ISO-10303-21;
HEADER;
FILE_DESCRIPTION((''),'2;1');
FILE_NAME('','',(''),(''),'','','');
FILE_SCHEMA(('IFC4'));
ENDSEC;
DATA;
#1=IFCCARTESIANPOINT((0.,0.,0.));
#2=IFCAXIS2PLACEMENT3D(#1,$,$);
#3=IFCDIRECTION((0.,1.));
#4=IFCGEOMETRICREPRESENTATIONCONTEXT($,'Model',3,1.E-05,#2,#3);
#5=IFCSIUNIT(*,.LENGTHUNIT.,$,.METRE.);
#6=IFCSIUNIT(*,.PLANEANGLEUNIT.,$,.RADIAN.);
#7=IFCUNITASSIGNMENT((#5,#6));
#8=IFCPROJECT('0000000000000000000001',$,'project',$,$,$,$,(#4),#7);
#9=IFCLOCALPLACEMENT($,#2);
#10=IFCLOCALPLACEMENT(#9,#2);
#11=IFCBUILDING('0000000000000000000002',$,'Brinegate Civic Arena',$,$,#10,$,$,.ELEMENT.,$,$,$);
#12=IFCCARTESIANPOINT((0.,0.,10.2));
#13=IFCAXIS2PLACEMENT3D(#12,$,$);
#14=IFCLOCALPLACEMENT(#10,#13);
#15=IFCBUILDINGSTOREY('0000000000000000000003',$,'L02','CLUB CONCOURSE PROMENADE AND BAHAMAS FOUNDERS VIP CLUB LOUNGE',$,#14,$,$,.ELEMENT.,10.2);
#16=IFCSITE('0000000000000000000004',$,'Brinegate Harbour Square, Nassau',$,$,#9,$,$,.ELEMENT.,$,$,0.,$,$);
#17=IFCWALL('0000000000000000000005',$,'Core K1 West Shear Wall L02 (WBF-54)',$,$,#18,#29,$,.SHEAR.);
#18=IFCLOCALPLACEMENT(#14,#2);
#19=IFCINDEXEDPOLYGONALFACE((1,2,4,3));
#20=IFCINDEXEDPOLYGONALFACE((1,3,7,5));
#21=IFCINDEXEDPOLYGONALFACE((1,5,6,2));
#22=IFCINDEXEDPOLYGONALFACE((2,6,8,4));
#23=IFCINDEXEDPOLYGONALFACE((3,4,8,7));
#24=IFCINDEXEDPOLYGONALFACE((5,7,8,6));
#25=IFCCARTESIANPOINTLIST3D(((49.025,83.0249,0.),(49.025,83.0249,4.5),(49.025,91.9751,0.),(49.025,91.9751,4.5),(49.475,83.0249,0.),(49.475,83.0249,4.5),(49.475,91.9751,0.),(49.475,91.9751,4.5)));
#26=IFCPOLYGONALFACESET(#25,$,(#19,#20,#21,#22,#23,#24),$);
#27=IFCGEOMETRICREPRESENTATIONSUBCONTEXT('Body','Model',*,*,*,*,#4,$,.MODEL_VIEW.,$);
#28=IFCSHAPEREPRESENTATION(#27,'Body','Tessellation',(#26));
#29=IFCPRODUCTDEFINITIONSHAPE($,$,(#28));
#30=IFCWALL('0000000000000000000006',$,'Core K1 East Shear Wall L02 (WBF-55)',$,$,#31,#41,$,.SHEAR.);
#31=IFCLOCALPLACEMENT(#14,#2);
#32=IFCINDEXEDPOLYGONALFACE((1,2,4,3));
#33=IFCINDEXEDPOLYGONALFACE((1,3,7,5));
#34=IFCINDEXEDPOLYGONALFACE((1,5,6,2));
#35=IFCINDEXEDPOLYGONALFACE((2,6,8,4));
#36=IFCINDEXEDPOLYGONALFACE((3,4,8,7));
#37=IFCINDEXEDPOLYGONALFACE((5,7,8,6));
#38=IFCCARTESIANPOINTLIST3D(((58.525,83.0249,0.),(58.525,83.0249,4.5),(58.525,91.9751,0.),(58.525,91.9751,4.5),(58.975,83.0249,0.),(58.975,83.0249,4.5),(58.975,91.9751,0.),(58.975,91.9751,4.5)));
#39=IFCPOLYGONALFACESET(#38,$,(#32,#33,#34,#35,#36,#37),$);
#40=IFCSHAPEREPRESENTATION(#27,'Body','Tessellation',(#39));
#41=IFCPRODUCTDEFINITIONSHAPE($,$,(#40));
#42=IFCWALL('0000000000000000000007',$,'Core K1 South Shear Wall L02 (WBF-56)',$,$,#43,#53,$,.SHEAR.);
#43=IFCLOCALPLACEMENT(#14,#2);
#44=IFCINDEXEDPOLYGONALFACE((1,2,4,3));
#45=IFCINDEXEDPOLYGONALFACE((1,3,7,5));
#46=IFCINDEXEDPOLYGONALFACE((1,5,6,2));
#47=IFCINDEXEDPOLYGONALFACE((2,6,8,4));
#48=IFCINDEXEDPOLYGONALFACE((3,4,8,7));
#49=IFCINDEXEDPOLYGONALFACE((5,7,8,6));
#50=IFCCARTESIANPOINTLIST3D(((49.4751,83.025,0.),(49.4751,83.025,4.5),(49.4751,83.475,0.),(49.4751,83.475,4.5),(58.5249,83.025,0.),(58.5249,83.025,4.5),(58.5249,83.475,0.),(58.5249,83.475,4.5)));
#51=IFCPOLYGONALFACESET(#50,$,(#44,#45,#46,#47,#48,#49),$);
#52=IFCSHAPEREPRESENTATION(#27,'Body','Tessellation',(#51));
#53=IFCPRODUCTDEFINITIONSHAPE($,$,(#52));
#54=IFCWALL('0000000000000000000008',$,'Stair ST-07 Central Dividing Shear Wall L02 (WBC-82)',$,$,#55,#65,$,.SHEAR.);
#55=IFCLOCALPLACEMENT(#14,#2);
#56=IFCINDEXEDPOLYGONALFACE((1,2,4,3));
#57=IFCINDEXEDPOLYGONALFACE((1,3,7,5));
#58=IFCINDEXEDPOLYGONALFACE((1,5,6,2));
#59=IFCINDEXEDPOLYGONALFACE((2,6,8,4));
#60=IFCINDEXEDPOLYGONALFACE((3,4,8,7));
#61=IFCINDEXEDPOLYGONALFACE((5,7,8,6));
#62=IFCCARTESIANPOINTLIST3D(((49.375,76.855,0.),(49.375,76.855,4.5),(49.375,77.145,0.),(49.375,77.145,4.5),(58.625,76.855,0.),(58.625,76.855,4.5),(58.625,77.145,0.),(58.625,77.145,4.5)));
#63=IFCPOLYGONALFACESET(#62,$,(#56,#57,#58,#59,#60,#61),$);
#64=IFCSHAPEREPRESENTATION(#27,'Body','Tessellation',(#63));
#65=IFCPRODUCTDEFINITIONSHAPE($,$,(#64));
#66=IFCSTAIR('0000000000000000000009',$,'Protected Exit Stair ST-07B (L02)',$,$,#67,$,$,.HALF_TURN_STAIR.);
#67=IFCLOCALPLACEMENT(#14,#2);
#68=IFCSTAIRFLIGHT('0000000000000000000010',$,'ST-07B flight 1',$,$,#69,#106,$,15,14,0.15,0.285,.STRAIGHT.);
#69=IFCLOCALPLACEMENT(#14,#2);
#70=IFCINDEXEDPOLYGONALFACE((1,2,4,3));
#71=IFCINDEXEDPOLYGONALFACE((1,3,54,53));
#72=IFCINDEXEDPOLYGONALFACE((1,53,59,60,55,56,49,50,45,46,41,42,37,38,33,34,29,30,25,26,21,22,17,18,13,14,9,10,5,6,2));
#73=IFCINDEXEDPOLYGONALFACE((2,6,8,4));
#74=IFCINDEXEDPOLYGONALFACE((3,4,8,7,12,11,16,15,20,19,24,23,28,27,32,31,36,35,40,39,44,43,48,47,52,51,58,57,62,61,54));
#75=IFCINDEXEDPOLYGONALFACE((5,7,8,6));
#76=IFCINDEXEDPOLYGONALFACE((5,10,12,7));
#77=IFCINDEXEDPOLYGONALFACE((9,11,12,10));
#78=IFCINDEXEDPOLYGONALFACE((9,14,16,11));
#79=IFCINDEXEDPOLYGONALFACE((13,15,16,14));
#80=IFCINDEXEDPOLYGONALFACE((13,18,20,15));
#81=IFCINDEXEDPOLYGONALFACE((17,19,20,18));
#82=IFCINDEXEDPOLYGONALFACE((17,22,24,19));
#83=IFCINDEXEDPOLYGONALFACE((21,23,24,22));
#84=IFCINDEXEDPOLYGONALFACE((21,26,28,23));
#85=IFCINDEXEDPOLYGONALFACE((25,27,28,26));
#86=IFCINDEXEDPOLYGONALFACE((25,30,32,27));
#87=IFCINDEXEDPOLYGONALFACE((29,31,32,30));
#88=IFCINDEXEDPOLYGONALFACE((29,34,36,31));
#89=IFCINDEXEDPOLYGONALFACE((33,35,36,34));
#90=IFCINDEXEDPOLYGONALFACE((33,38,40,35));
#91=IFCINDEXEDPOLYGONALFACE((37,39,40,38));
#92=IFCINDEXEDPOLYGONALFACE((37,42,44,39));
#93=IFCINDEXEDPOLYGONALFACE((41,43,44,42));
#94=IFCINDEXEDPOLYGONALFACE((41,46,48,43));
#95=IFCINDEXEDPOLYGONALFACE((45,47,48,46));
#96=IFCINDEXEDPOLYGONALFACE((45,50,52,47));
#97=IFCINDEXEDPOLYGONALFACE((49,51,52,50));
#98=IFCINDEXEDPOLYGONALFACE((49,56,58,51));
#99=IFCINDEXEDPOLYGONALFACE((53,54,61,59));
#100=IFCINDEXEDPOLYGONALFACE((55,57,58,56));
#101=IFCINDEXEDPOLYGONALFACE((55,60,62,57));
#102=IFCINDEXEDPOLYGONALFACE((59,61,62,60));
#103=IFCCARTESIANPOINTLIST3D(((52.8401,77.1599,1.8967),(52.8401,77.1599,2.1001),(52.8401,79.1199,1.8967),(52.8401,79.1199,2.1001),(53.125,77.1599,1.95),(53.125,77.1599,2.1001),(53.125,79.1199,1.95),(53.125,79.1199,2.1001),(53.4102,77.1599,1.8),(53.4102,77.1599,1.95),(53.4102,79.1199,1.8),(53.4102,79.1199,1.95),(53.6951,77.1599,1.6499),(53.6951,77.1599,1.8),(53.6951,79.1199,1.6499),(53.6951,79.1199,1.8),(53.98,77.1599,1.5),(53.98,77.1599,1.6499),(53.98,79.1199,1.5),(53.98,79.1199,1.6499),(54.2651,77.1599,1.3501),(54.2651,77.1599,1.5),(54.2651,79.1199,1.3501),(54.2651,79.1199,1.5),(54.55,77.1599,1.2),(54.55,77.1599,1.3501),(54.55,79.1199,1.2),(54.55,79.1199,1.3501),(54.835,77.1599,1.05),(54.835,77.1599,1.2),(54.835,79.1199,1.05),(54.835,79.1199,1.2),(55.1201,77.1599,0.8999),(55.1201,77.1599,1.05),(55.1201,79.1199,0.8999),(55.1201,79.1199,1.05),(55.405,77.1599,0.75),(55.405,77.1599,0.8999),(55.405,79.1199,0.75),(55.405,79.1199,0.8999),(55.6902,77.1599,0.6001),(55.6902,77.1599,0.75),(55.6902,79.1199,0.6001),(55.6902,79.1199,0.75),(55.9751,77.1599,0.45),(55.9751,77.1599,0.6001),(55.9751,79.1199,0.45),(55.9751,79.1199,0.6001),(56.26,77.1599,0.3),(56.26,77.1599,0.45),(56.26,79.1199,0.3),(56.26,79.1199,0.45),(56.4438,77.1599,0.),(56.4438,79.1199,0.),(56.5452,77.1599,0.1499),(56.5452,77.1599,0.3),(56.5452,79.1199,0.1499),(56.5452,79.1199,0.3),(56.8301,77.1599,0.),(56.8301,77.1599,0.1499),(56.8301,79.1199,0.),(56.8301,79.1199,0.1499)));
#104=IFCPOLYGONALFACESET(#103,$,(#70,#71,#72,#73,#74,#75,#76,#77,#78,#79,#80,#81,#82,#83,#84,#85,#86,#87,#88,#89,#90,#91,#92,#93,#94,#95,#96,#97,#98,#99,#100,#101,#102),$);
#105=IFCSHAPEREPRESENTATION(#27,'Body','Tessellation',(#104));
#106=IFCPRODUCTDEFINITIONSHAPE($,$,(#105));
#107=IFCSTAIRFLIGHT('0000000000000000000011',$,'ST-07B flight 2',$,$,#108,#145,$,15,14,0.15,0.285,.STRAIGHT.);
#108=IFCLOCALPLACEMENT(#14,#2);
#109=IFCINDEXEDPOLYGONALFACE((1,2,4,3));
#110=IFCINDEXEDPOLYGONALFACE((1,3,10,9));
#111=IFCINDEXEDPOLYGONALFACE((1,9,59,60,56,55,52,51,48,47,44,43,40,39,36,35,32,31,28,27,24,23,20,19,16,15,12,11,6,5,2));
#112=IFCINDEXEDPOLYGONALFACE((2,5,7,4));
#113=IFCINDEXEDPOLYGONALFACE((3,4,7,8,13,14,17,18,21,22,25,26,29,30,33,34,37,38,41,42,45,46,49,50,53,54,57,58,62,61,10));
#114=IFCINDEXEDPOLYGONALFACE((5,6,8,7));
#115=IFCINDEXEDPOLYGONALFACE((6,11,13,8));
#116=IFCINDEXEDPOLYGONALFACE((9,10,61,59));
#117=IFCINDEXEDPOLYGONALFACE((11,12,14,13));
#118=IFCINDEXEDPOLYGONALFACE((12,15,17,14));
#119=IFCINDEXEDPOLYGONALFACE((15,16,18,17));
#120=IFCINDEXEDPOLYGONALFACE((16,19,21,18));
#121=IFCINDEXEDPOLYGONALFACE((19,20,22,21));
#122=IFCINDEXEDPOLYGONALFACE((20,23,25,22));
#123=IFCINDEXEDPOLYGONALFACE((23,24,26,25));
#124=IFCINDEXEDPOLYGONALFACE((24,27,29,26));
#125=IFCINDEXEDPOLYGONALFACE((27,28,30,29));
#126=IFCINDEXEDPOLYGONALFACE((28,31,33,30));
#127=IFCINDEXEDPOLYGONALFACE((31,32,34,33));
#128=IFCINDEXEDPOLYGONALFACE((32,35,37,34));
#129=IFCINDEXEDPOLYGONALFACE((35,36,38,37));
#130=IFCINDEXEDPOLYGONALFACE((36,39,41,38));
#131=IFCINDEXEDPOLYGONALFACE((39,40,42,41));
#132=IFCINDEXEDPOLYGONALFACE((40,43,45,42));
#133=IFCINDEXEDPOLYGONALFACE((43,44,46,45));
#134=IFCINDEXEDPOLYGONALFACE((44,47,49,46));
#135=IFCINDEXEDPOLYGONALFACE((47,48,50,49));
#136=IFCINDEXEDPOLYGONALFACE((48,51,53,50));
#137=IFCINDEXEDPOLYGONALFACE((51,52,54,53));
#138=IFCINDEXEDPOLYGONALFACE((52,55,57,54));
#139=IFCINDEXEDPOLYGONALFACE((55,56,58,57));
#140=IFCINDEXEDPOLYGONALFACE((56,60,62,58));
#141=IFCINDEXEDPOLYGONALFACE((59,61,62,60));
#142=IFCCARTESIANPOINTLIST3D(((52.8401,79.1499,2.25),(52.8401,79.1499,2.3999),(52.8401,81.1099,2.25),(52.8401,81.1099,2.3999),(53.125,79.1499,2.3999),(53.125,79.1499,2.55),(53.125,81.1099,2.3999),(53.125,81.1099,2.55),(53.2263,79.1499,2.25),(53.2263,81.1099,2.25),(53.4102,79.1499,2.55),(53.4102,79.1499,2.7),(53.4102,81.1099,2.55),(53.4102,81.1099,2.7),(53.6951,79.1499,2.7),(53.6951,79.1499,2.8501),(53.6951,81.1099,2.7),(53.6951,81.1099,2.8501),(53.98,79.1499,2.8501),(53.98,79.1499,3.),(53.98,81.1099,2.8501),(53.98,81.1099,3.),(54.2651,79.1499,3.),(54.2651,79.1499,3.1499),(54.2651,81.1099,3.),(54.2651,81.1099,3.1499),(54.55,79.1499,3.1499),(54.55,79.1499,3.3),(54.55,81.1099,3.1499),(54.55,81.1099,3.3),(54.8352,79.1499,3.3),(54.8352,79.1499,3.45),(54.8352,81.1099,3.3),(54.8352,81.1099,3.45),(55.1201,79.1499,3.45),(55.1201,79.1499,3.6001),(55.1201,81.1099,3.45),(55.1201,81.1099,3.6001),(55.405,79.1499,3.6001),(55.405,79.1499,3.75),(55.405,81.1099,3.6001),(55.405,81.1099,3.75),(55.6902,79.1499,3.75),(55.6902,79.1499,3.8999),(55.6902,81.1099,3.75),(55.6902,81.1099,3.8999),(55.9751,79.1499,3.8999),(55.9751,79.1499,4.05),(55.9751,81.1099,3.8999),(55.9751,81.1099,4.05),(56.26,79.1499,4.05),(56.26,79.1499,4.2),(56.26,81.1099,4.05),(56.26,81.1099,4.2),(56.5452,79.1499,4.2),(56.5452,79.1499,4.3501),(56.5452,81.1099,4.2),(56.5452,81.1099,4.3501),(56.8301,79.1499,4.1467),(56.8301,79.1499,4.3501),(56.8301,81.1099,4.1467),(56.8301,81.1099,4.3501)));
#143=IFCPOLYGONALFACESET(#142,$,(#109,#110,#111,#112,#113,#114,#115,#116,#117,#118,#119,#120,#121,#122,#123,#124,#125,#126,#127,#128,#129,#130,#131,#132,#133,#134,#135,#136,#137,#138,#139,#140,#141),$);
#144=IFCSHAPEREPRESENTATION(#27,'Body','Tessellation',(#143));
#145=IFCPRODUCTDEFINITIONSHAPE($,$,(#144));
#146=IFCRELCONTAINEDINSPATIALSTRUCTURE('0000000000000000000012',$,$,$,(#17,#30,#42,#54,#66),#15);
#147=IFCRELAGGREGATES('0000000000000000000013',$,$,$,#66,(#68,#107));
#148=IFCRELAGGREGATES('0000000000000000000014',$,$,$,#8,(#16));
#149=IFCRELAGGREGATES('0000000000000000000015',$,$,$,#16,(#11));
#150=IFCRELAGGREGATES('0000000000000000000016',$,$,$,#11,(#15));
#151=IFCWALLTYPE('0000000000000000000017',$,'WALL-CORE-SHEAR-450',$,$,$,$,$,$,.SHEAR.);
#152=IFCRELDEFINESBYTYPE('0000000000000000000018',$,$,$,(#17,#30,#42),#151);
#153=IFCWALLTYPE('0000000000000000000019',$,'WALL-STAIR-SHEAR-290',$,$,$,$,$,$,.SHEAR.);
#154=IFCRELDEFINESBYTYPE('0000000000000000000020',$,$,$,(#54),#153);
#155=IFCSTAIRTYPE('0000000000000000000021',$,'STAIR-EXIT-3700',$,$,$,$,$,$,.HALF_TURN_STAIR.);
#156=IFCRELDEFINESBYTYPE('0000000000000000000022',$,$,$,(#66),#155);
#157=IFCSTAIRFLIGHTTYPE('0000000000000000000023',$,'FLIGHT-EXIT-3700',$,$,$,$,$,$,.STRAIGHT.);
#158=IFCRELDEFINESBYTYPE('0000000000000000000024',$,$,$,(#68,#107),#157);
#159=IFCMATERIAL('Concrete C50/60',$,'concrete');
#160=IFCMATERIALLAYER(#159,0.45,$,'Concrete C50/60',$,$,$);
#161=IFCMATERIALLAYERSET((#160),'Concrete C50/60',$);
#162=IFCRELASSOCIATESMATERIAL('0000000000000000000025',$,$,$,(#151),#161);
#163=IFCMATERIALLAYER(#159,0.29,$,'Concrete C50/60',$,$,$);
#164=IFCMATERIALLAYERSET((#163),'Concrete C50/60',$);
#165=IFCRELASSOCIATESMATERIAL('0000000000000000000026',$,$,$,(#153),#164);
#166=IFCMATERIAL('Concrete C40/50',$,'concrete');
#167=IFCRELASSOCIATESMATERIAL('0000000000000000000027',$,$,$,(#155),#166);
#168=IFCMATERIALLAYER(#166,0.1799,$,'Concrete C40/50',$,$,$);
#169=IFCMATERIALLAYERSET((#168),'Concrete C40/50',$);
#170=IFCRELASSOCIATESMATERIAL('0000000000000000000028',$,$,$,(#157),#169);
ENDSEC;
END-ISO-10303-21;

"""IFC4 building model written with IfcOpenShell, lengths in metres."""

from ifc_helpers import new_model, si_unit, direction, frame, frame_2d, origin, place, context, subcontext, project, spatial, polyline, rectangle, outline, extrude, material, layer, layer_set, type_object, element, aggregate, save


model = new_model("IFC4")

# Units and contexts
model_context = context("Model", 3, precision=1e-05, world=origin(), true_north=direction((0.0, 1.0)))
body_context = subcontext(model_context, "Body", "Model", "MODEL_VIEW")
ifc_project = project(units=[si_unit("LENGTHUNIT", "METRE"), si_unit("PLANEANGLEUNIT", "RADIAN")], contexts=[model_context])

# Site, building, storey
site_placement = place(None, origin())
site = spatial("IfcSite", under=ifc_project, at=site_placement, Name="Brinegate Harbour Square, Nassau", CompositionType="ELEMENT", RefElevation=0.0)
building_placement = place(site_placement, origin())
building = spatial("IfcBuilding", under=site, at=building_placement, Name="Brinegate Civic Arena", CompositionType="ELEMENT")
storey_placement = place(building_placement, frame((0.0, 0.0, 10.2)))
storey = spatial("IfcBuildingStorey", under=building, at=storey_placement, Name="L02", Description="CLUB CONCOURSE PROMENADE AND BAHAMAS FOUNDERS VIP CLUB LOUNGE", CompositionType="ELEMENT", Elevation=10.2)

# Shared definitions
ifc_material_1 = material(Name="Concrete C50/60", Category="concrete")

# Walls
ifc_layer_1 = layer(ifc_material_1, 0.45, Name="Concrete C50/60")
ifc_layer_set_1 = layer_set([ifc_layer_1], Name="Concrete C50/60")
wall_type_1 = type_object("IfcWallType", Name="WALL-CORE-SHEAR-450", PredefinedType="SHEAR", material=ifc_layer_set_1)
for number, where, z_axis, x_axis, name in (
    (1, (49.25, 83.0249, 0.0), (0.0, 0.0, 1.0), (0.0, 1.0, 0.0), "Core K1 West Shear Wall L02 (WBF-54)"),
    (2, (58.75, 83.0249, 0.0), (0.0, 0.0, 1.0), (0.0, 1.0, 0.0), "Core K1 East Shear Wall L02 (WBF-55)"),
):
    element("IfcWall", number, at=place(storey_placement, frame(where, z_axis=z_axis, x_axis=x_axis)), inside=storey, type_object=wall_type_1, Name=name, PredefinedType="SHEAR", context=body_context, shape_type="SweptSolid", body=[
        extrude(rectangle(XDim=8.9502, YDim=0.45, at=frame_2d((4.4751, 0.0))), origin(), (0.0, 0.0, 1.0), 4.5),
    ])
wall_1_placement = place(storey_placement, frame((49.4751, 83.25, 0.0), z_axis=(0.0, 0.0, 1.0), x_axis=(1.0, 0.0, 0.0)))
element("IfcWall", 3, at=wall_1_placement, inside=storey, type_object=wall_type_1, Name="Core K1 South Shear Wall L02 (WBF-56)", PredefinedType="SHEAR", context=body_context, shape_type="SweptSolid", body=[
    extrude(rectangle(XDim=9.0498, YDim=0.45, at=frame_2d((4.5249, 0.0))), origin(), (0.0, 0.0, 1.0), 4.5),
])
ifc_layer_2 = layer(ifc_material_1, 0.29, Name="Concrete C50/60")
ifc_layer_set_2 = layer_set([ifc_layer_2], Name="Concrete C50/60")
wall_type_2 = type_object("IfcWallType", Name="WALL-STAIR-SHEAR-290", PredefinedType="SHEAR", material=ifc_layer_set_2)
wall_2_placement = place(storey_placement, frame((49.375, 77.0, 0.0), z_axis=(0.0, 0.0, 1.0), x_axis=(1.0, 0.0, 0.0)))
element("IfcWall", 4, at=wall_2_placement, inside=storey, type_object=wall_type_2, Name="Stair ST-07 Central Dividing Shear Wall L02 (WBC-82)", PredefinedType="SHEAR", context=body_context, shape_type="SweptSolid", body=[
    extrude(rectangle(XDim=9.25, YDim=0.29, at=frame_2d((4.625, 0.0))), origin(), (0.0, 0.0, 1.0), 4.5),
])

# Stair, stair flights
ifc_material_2 = material(Name="Concrete C40/50", Category="concrete")
stair_type = type_object("IfcStairType", Name="STAIR-EXIT-3700", PredefinedType="HALF_TURN_STAIR", material=ifc_material_2)
stair_placement = place(storey_placement, origin())
stair = element("IfcStair", 5, at=stair_placement, inside=storey, type_object=stair_type, Name="Protected Exit Stair ST-07B (L02)", PredefinedType="HALF_TURN_STAIR")
ifc_layer_3 = layer(ifc_material_2, 0.1799, Name="Concrete C40/50")
ifc_layer_set_3 = layer_set([ifc_layer_3], Name="Concrete C40/50")
stair_flight_type = type_object("IfcStairFlightType", Name="FLIGHT-EXIT-3700", PredefinedType="STRAIGHT", material=ifc_layer_set_3)
stair_flight_1_placement = place(storey_placement, frame((56.8301, 78.1399, 0.0), z_axis=(0.0, 0.0, 1.0), x_axis=(-1.0, 0.0, 0.0)))
stair_flight_1 = element("IfcStairFlight", 6, at=stair_flight_1_placement, type_object=stair_flight_type, Name="ST-07B flight 1", NumberOfRisers=15, NumberOfTreads=14, PredefinedType="STRAIGHT", RiserHeight=0.15, TreadLength=0.285, context=body_context, shape_type="SweptSolid", body=[
    extrude(outline(polyline([(0.0, 0.0), (0.0, 0.1499), (0.2849, 0.1499), (0.2849, 0.3), (0.5701, 0.3), (0.5701, 0.45), (0.855, 0.45), (0.855, 0.6001), (1.1399, 0.6001), (1.1399, 0.75), (1.425, 0.75), (1.425, 0.8999), (1.71, 0.8999), (1.71, 1.05), (1.9951, 1.05), (1.9951, 1.2), (2.28, 1.2), (2.28, 1.3501), (2.5649, 1.3501), (2.5649, 1.5), (2.8501, 1.5), (2.8501, 1.6499), (3.135, 1.6499), (3.135, 1.8), (3.4199, 1.8), (3.4199, 1.95), (3.7051, 1.95), (3.7051, 2.1001), (3.99, 2.1001), (3.99, 2.25), (3.99, 1.8967), (0.3862, 0.0), (0.0, 0.0)])), frame((0.0, 0.98, 0.0), z_axis=(0.0, -1.0, 0.0), x_axis=(1.0, 0.0, 0.0)), (0.0, 0.0, 1.0), 1.96),
])
stair_flight_2_placement = place(storey_placement, frame((52.8401, 80.1299, 2.25), z_axis=(0.0, 0.0, 1.0), x_axis=(1.0, 0.0, 0.0)))
stair_flight_2 = element("IfcStairFlight", 7, at=stair_flight_2_placement, type_object=stair_flight_type, Name="ST-07B flight 2", NumberOfRisers=15, NumberOfTreads=14, PredefinedType="STRAIGHT", RiserHeight=0.15, TreadLength=0.285, context=body_context, shape_type="SweptSolid", body=[
    extrude(outline(polyline([(0.0, 0.0), (0.0, 0.1499), (0.2849, 0.1499), (0.2849, 0.3), (0.5701, 0.3), (0.5701, 0.45), (0.855, 0.45), (0.855, 0.6001), (1.1399, 0.6001), (1.1399, 0.75), (1.425, 0.75), (1.425, 0.8999), (1.71, 0.8999), (1.71, 1.05), (1.9951, 1.05), (1.9951, 1.2), (2.28, 1.2), (2.28, 1.3501), (2.5649, 1.3501), (2.5649, 1.5), (2.8501, 1.5), (2.8501, 1.6499), (3.135, 1.6499), (3.135, 1.8), (3.4199, 1.8), (3.4199, 1.95), (3.7051, 1.95), (3.7051, 2.1001), (3.99, 2.1001), (3.99, 2.25), (3.99, 1.8967), (0.3862, 0.0), (0.0, 0.0)])), frame((0.0, 0.98, 0.0), z_axis=(0.0, -1.0, 0.0), x_axis=(1.0, 0.0, 0.0)), (0.0, 0.0, 1.0), 1.96),
])
aggregate(stair, [stair_flight_1, stair_flight_2])

save(model, "model.ifc")
